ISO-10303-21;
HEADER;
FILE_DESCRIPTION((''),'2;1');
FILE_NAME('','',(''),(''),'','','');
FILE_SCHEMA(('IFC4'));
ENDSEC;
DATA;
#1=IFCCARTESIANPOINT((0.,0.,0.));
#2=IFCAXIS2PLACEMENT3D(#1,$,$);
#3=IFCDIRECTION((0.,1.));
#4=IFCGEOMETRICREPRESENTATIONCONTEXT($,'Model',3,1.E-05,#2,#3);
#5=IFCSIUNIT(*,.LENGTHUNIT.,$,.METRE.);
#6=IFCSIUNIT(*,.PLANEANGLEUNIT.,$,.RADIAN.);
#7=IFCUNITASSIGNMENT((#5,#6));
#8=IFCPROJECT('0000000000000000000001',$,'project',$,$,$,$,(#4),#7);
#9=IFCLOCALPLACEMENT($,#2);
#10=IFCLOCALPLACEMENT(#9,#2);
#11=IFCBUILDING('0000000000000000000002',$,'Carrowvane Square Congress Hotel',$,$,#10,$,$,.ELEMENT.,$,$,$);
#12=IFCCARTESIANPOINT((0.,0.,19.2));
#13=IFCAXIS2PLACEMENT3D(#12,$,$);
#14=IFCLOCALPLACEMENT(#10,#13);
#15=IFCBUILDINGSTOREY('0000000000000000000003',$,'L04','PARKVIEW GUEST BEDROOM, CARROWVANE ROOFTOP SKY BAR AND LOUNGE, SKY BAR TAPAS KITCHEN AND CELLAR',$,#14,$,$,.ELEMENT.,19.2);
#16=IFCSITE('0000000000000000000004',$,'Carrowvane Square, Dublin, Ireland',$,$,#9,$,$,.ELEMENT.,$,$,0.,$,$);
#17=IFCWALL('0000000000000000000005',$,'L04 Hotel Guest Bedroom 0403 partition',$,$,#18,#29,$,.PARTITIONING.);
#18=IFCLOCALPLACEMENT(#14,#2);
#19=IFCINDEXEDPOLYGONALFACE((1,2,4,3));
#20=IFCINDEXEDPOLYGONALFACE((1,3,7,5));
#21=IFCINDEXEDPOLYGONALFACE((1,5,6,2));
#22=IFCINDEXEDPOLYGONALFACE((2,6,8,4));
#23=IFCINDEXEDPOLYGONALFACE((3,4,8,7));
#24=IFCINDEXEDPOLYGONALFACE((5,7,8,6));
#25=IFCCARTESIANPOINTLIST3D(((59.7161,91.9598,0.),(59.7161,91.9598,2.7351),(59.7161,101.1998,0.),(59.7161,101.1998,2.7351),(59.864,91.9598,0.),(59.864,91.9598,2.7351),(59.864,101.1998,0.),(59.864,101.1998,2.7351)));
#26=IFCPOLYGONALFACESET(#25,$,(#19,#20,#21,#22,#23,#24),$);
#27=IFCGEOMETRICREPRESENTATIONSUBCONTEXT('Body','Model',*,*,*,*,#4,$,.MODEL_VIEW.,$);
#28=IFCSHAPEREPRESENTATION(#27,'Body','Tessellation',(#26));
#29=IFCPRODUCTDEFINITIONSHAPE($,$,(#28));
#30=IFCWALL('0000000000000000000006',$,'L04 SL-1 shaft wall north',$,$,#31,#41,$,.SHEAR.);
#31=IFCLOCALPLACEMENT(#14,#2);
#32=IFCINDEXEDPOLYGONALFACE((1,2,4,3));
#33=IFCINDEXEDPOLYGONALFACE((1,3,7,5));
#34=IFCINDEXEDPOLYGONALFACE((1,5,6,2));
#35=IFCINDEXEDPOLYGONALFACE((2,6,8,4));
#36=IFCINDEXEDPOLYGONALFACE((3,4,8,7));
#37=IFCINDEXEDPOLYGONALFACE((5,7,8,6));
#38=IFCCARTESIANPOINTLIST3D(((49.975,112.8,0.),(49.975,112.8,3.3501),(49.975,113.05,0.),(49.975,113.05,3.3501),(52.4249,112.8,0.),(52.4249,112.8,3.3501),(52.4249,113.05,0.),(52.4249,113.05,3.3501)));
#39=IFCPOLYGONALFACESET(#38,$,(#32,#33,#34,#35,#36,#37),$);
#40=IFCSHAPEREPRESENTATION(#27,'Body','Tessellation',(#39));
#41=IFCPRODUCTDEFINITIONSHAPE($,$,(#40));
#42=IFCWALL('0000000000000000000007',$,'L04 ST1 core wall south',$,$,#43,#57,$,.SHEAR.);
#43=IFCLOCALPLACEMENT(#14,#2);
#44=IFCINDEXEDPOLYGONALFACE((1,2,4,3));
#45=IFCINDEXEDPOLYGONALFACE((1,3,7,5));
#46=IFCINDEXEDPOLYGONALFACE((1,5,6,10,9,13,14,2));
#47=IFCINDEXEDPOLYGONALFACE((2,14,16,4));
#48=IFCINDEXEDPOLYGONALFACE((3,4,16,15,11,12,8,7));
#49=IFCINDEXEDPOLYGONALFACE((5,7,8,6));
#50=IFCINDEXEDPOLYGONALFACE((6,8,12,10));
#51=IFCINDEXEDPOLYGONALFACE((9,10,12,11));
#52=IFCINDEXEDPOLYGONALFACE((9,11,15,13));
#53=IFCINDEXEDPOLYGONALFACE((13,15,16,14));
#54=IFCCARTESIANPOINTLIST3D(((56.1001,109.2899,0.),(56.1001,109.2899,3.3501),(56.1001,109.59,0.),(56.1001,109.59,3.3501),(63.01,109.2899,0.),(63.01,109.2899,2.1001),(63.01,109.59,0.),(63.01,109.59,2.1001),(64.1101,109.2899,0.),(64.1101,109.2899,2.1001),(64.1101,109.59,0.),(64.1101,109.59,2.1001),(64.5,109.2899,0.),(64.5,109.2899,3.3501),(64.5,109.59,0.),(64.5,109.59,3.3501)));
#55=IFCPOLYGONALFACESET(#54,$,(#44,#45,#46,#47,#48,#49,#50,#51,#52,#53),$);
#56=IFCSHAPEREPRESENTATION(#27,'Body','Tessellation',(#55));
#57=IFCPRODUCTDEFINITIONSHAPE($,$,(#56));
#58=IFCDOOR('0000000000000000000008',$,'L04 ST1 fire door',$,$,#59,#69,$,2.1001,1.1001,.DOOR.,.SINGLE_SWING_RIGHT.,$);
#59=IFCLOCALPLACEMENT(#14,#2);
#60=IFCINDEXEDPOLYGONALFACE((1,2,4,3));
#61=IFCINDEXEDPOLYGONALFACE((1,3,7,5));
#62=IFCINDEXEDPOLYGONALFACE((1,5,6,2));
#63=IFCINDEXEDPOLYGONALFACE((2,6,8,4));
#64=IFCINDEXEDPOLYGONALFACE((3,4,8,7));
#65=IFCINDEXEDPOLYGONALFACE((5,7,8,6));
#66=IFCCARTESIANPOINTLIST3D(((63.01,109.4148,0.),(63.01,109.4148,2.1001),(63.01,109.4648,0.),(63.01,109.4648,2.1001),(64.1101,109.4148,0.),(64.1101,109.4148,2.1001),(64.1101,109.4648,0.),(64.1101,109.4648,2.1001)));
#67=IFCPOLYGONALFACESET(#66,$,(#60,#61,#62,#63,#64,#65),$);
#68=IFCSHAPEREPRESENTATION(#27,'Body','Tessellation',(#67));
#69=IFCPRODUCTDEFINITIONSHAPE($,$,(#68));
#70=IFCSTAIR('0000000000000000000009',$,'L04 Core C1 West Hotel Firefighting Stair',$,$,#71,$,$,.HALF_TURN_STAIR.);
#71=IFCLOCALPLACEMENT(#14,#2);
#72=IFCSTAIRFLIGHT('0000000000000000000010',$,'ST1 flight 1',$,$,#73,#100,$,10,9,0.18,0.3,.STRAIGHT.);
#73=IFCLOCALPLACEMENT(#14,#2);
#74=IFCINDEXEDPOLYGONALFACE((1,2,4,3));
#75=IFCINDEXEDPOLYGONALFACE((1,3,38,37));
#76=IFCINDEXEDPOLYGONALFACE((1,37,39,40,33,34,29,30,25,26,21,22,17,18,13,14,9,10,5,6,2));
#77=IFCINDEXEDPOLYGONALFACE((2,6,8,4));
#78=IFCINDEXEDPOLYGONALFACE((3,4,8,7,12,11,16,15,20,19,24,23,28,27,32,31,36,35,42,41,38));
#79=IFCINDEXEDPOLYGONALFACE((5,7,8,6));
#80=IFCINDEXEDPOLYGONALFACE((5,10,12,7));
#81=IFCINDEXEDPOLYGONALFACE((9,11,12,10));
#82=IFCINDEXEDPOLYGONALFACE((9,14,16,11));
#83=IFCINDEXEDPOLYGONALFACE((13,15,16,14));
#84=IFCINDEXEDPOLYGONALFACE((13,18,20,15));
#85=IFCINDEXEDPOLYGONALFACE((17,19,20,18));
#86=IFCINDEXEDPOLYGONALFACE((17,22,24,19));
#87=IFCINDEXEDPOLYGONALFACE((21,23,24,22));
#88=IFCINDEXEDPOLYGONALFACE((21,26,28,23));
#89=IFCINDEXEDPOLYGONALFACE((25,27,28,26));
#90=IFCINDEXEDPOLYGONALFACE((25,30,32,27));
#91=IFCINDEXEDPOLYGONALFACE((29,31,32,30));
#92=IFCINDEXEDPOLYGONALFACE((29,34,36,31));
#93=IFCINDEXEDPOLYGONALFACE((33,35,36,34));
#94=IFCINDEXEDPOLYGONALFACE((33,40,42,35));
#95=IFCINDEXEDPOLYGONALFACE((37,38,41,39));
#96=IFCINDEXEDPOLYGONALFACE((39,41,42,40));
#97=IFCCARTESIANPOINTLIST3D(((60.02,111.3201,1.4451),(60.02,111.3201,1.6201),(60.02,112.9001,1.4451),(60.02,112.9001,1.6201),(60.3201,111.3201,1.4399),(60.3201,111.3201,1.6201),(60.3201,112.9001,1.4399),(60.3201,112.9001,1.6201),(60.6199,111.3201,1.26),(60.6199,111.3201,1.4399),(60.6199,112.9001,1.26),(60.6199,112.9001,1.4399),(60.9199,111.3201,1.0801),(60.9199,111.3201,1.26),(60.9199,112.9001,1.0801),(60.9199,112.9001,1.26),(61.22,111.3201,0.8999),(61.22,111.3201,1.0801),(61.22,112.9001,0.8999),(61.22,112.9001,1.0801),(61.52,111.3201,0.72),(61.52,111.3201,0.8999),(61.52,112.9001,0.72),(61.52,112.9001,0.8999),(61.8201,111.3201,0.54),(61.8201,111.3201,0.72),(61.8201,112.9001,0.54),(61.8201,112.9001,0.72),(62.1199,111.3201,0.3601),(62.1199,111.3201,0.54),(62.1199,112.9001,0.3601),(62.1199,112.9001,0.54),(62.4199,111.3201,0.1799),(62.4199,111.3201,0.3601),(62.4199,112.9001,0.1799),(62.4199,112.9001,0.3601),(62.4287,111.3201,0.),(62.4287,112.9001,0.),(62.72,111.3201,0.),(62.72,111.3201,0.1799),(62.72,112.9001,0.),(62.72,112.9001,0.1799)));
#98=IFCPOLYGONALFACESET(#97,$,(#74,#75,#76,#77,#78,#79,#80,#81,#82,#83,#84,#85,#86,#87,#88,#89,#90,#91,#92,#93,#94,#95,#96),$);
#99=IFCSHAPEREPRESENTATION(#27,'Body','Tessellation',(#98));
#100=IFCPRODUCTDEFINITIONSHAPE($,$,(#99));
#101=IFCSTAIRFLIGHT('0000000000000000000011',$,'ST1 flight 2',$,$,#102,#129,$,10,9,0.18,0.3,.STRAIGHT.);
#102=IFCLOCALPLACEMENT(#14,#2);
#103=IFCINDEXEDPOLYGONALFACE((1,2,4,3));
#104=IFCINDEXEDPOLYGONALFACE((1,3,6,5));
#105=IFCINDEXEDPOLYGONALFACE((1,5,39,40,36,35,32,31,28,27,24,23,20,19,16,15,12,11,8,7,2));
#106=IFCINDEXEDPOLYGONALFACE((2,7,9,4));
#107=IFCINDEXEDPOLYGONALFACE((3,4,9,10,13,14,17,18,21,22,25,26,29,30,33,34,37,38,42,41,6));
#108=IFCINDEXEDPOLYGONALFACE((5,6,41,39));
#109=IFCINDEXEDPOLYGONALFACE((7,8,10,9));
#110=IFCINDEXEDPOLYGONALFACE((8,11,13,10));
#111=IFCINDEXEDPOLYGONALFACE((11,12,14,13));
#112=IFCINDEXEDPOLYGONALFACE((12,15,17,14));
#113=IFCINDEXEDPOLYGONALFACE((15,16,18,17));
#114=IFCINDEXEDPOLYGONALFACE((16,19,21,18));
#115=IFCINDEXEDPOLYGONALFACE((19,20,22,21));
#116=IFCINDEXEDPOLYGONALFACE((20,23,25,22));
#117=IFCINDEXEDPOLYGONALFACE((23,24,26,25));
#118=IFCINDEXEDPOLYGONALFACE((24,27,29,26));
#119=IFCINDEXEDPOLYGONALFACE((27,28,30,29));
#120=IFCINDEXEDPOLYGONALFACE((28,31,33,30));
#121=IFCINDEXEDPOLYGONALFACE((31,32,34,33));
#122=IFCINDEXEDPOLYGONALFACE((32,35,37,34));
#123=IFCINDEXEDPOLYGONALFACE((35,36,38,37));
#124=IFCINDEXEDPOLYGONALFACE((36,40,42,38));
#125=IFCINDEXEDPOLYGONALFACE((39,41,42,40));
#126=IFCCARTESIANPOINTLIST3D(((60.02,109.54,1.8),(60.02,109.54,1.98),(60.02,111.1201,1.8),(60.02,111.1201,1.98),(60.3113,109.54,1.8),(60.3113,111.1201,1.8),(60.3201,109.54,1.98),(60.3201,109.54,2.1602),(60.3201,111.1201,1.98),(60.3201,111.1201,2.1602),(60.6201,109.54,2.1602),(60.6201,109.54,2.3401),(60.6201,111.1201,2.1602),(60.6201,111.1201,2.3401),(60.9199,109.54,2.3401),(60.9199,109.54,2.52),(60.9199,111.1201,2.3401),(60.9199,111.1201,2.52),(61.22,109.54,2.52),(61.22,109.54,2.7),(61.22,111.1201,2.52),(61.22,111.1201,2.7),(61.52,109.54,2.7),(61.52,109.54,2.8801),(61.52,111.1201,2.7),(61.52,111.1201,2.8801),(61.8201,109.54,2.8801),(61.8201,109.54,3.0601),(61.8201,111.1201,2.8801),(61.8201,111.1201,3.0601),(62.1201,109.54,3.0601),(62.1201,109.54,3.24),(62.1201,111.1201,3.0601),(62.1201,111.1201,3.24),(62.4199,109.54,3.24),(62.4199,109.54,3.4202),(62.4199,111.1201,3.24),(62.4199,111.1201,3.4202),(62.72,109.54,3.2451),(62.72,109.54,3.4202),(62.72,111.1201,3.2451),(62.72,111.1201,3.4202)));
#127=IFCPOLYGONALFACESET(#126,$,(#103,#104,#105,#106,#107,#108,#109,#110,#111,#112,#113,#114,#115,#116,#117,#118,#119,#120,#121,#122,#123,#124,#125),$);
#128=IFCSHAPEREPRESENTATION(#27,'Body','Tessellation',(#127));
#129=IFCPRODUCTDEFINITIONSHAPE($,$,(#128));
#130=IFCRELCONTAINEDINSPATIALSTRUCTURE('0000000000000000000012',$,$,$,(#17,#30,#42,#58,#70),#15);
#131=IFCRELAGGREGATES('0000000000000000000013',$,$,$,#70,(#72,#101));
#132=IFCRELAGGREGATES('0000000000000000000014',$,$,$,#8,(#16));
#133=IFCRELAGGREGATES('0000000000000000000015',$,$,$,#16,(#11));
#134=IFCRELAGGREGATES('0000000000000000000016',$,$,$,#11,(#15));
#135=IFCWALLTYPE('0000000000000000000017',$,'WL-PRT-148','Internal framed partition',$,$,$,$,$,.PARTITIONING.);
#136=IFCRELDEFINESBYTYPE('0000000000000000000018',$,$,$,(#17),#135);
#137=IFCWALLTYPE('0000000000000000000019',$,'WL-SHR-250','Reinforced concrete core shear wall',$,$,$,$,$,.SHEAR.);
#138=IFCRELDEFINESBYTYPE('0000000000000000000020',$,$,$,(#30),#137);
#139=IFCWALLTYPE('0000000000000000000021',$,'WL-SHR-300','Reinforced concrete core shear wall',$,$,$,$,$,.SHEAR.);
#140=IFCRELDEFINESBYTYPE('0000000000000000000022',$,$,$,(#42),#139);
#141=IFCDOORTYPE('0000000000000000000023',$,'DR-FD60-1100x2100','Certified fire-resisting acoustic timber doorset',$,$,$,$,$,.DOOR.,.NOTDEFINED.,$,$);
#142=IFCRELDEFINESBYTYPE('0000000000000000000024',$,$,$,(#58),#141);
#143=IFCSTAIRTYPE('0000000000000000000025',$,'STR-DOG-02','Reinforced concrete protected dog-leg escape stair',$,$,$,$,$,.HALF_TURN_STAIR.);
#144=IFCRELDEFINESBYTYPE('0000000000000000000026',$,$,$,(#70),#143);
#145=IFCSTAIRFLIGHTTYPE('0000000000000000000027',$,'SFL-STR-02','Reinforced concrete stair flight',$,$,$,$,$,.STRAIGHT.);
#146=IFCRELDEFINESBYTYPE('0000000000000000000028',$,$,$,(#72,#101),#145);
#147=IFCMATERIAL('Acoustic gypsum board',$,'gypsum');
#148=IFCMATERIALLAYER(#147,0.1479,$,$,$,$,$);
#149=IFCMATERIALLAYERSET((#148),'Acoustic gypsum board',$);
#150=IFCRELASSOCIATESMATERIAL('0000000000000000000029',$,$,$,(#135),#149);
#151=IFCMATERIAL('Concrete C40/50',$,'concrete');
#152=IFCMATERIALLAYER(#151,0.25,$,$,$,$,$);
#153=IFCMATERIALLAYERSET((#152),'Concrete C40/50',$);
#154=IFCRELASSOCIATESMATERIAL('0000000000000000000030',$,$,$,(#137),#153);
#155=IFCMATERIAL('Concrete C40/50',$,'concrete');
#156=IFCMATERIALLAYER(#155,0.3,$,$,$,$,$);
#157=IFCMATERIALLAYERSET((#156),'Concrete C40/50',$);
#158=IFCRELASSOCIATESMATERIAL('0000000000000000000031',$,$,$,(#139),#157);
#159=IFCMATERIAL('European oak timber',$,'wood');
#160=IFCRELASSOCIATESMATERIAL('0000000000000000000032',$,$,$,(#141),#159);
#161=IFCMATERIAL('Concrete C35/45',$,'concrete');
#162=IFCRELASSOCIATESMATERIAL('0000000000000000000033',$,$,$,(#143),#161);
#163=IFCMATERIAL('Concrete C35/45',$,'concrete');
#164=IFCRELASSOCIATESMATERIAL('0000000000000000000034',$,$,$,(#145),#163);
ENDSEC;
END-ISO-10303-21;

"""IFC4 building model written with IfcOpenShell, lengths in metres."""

from ifc_helpers import new_model, si_unit, direction, frame, frame_2d, origin, place, context, subcontext, project, spatial, polyline, rectangle, outline, extrude, material, layer, layer_set, type_object, element, fill, aggregate, save


model = new_model("IFC4")

# Units and contexts
model_context = context("Model", 3, precision=1e-05, world=origin(), true_north=direction((0.0, 1.0)))
body_context = subcontext(model_context, "Body", "Model", "MODEL_VIEW")
ifc_project = project(units=[si_unit("LENGTHUNIT", "METRE"), si_unit("PLANEANGLEUNIT", "RADIAN")], contexts=[model_context])

# Site, building, storey
site_placement = place(None, origin())
site = spatial("IfcSite", under=ifc_project, at=site_placement, Name="Carrowvane Square, Dublin, Ireland", CompositionType="ELEMENT", RefElevation=0.0)
building_placement = place(site_placement, origin())
building = spatial("IfcBuilding", under=site, at=building_placement, Name="Carrowvane Square Congress Hotel", CompositionType="ELEMENT")
storey_placement = place(building_placement, frame((0.0, 0.0, 19.2)))
storey = spatial("IfcBuildingStorey", under=building, at=storey_placement, Name="L04", Description="PARKVIEW GUEST BEDROOM, CARROWVANE ROOFTOP SKY BAR AND LOUNGE, SKY BAR TAPAS KITCHEN AND CELLAR", CompositionType="ELEMENT", Elevation=19.2)

# Shared definitions
ifc_material_1 = material(Name="Acoustic gypsum board", Category="gypsum")
ifc_layer_1 = layer(ifc_material_1, 0.1479)
ifc_layer_set_1 = layer_set([ifc_layer_1], Name="Acoustic gypsum board")
wall_type_1 = type_object("IfcWallType", Name="WL-PRT-148", Description="Internal framed partition", PredefinedType="PARTITIONING", material=ifc_layer_set_1)

# Walls
wall_1_placement = place(storey_placement, frame((59.79, 101.2, 0.0), z_axis=(0.0, 0.0, 1.0), x_axis=(0.0, -1.0, 0.0)))
element("IfcWall", 1, at=wall_1_placement, inside=storey, type_object=wall_type_1, Name="L04 Hotel Guest Bedroom 0403 partition", PredefinedType="PARTITIONING", context=body_context, shape_type="SweptSolid", body=[
    extrude(rectangle(XDim=9.24, YDim=0.1479, at=frame_2d((4.6201, 0.0))), origin(), (0.0, 0.0, 1.0), 2.7351),
])
ifc_material_2 = material(Name="Concrete C40/50", Category="concrete")
ifc_layer_2 = layer(ifc_material_2, 0.25)
ifc_layer_set_2 = layer_set([ifc_layer_2], Name="Concrete C40/50")
wall_type_2 = type_object("IfcWallType", Name="WL-SHR-250", Description="Reinforced concrete core shear wall", PredefinedType="SHEAR", material=ifc_layer_set_2)
wall_2_placement = place(storey_placement, frame((52.425, 112.925, 0.0), z_axis=(0.0, 0.0, 1.0), x_axis=(-1.0, 0.0, 0.0)))
element("IfcWall", 2, at=wall_2_placement, inside=storey, type_object=wall_type_2, Name="L04 SL-1 shaft wall north", PredefinedType="SHEAR", context=body_context, shape_type="SweptSolid", body=[
    extrude(rectangle(XDim=2.45, YDim=0.25, at=frame_2d((1.2251, 0.0))), origin(), (0.0, 0.0, 1.0), 3.3501),
])

# Wall, opening, door
ifc_material_3 = material(Name="Concrete C40/50", Category="concrete")
ifc_layer_3 = layer(ifc_material_3, 0.3)
ifc_layer_set_3 = layer_set([ifc_layer_3], Name="Concrete C40/50")
wall_type_3 = type_object("IfcWallType", Name="WL-SHR-300", Description="Reinforced concrete core shear wall", PredefinedType="SHEAR", material=ifc_layer_set_3)
wall_3_placement = place(storey_placement, frame((56.1001, 109.4399, 0.0), z_axis=(0.0, 0.0, 1.0), x_axis=(1.0, 0.0, 0.0)))
wall_3 = element("IfcWall", 3, at=wall_3_placement, inside=storey, type_object=wall_type_3, Name="L04 ST1 core wall south", PredefinedType="SHEAR", context=body_context, shape_type="SweptSolid", body=[
    extrude(rectangle(XDim=8.3999, YDim=0.3, at=frame_2d((4.2, 0.0))), origin(), (0.0, 0.0, 1.0), 3.3501),
])
opening_1_placement = place(wall_3_placement, frame((6.9099, 0.0, 0.0)))
opening_1 = element("IfcOpeningElement", 4, at=opening_1_placement, cuts=wall_3, PredefinedType="OPENING", context=body_context, shape_type="SweptSolid", body=[
    extrude(rectangle(XDim=1.1001, YDim=2.1001, at=frame_2d((0.55, 1.05))), frame((0.0, 0.1599, 0.0), z_axis=(0.0, -1.0, 0.0), x_axis=(1.0, 0.0, 0.0)), (0.0, 0.0, 1.0), 0.3201),
])
ifc_material_4 = material(Name="European oak timber", Category="wood")
door_type_1 = type_object("IfcDoorType", Name="DR-FD60-1100x2100", Description="Certified fire-resisting acoustic timber doorset", OperationType="NOTDEFINED", PredefinedType="DOOR", material=ifc_material_4)
door_1_placement = place(opening_1_placement, origin())
door_1 = element("IfcDoor", 5, at=door_1_placement, inside=storey, type_object=door_type_1, Name="L04 ST1 fire door", OperationType="SINGLE_SWING_RIGHT", OverallHeight=2.1001, OverallWidth=1.1001, PredefinedType="DOOR", context=body_context, shape_type="SweptSolid", body=[
    extrude(rectangle(XDim=1.1001, YDim=2.1001, at=frame_2d((0.55, 1.05))), frame((0.0, 0.0249, 0.0), z_axis=(0.0, -1.0, 0.0), x_axis=(1.0, 0.0, 0.0)), (0.0, 0.0, 1.0), 0.05),
])
fill(opening_1, door_1)

# Stair, stair flights
ifc_material_5 = material(Name="Concrete C35/45", Category="concrete")
stair_type = type_object("IfcStairType", Name="STR-DOG-02", Description="Reinforced concrete protected dog-leg escape stair", PredefinedType="HALF_TURN_STAIR", material=ifc_material_5)
stair_placement = place(storey_placement, origin())
stair = element("IfcStair", 6, at=stair_placement, inside=storey, type_object=stair_type, Name="L04 Core C1 West Hotel Firefighting Stair", PredefinedType="HALF_TURN_STAIR")
ifc_material_6 = material(Name="Concrete C35/45", Category="concrete")
stair_flight_type = type_object("IfcStairFlightType", Name="SFL-STR-02", Description="Reinforced concrete stair flight", PredefinedType="STRAIGHT", material=ifc_material_6)
stair_flight_1_placement = place(storey_placement, frame((62.72, 112.1101, 0.0), z_axis=(0.0, 0.0, 1.0), x_axis=(-1.0, 0.0, 0.0)))
stair_flight_1 = element("IfcStairFlight", 7, at=stair_flight_1_placement, type_object=stair_flight_type, Name="ST1 flight 1", NumberOfRisers=10, NumberOfTreads=9, PredefinedType="STRAIGHT", RiserHeight=0.18, TreadLength=0.3, context=body_context, shape_type="SweptSolid", body=[
    extrude(outline(polyline([(0.0, 0.0), (0.0, 0.1799), (0.3, 0.1799), (0.3, 0.3601), (0.6001, 0.3601), (0.6001, 0.54), (0.8999, 0.54), (0.8999, 0.72), (1.2, 0.72), (1.2, 0.8999), (1.5, 0.8999), (1.5, 1.0801), (1.8, 1.0801), (1.8, 1.26), (2.1001, 1.26), (2.1001, 1.4399), (2.3999, 1.4399), (2.3999, 1.6201), (2.7, 1.6201), (2.7, 1.8), (2.7, 1.4451), (0.2913, 0.0), (0.0, 0.0)])), frame((0.0, 0.79, 0.0), z_axis=(0.0, -1.0, 0.0), x_axis=(1.0, 0.0, 0.0)), (0.0, 0.0, 1.0), 1.5801),
])
stair_flight_2_placement = place(storey_placement, frame((60.02, 110.3301, 1.8), z_axis=(0.0, 0.0, 1.0), x_axis=(1.0, 0.0, 0.0)))
stair_flight_2 = element("IfcStairFlight", 8, at=stair_flight_2_placement, type_object=stair_flight_type, Name="ST1 flight 2", NumberOfRisers=10, NumberOfTreads=9, PredefinedType="STRAIGHT", RiserHeight=0.18, TreadLength=0.3, context=body_context, shape_type="SweptSolid", body=[
    extrude(outline(polyline([(0.0, 0.0), (0.0, 0.1799), (0.3, 0.1799), (0.3, 0.3601), (0.6001, 0.3601), (0.6001, 0.54), (0.8999, 0.54), (0.8999, 0.72), (1.2, 0.72), (1.2, 0.8999), (1.5, 0.8999), (1.5, 1.0801), (1.8, 1.0801), (1.8, 1.26), (2.1001, 1.26), (2.1001, 1.4399), (2.3999, 1.4399), (2.3999, 1.6201), (2.7, 1.6201), (2.7, 1.8), (2.7, 1.4451), (0.2913, 0.0), (0.0, 0.0)])), frame((0.0, 0.79, 0.0), z_axis=(0.0, -1.0, 0.0), x_axis=(1.0, 0.0, 0.0)), (0.0, 0.0, 1.0), 1.5801),
])
aggregate(stair, [stair_flight_1, stair_flight_2])

save(model, "model.ifc")
